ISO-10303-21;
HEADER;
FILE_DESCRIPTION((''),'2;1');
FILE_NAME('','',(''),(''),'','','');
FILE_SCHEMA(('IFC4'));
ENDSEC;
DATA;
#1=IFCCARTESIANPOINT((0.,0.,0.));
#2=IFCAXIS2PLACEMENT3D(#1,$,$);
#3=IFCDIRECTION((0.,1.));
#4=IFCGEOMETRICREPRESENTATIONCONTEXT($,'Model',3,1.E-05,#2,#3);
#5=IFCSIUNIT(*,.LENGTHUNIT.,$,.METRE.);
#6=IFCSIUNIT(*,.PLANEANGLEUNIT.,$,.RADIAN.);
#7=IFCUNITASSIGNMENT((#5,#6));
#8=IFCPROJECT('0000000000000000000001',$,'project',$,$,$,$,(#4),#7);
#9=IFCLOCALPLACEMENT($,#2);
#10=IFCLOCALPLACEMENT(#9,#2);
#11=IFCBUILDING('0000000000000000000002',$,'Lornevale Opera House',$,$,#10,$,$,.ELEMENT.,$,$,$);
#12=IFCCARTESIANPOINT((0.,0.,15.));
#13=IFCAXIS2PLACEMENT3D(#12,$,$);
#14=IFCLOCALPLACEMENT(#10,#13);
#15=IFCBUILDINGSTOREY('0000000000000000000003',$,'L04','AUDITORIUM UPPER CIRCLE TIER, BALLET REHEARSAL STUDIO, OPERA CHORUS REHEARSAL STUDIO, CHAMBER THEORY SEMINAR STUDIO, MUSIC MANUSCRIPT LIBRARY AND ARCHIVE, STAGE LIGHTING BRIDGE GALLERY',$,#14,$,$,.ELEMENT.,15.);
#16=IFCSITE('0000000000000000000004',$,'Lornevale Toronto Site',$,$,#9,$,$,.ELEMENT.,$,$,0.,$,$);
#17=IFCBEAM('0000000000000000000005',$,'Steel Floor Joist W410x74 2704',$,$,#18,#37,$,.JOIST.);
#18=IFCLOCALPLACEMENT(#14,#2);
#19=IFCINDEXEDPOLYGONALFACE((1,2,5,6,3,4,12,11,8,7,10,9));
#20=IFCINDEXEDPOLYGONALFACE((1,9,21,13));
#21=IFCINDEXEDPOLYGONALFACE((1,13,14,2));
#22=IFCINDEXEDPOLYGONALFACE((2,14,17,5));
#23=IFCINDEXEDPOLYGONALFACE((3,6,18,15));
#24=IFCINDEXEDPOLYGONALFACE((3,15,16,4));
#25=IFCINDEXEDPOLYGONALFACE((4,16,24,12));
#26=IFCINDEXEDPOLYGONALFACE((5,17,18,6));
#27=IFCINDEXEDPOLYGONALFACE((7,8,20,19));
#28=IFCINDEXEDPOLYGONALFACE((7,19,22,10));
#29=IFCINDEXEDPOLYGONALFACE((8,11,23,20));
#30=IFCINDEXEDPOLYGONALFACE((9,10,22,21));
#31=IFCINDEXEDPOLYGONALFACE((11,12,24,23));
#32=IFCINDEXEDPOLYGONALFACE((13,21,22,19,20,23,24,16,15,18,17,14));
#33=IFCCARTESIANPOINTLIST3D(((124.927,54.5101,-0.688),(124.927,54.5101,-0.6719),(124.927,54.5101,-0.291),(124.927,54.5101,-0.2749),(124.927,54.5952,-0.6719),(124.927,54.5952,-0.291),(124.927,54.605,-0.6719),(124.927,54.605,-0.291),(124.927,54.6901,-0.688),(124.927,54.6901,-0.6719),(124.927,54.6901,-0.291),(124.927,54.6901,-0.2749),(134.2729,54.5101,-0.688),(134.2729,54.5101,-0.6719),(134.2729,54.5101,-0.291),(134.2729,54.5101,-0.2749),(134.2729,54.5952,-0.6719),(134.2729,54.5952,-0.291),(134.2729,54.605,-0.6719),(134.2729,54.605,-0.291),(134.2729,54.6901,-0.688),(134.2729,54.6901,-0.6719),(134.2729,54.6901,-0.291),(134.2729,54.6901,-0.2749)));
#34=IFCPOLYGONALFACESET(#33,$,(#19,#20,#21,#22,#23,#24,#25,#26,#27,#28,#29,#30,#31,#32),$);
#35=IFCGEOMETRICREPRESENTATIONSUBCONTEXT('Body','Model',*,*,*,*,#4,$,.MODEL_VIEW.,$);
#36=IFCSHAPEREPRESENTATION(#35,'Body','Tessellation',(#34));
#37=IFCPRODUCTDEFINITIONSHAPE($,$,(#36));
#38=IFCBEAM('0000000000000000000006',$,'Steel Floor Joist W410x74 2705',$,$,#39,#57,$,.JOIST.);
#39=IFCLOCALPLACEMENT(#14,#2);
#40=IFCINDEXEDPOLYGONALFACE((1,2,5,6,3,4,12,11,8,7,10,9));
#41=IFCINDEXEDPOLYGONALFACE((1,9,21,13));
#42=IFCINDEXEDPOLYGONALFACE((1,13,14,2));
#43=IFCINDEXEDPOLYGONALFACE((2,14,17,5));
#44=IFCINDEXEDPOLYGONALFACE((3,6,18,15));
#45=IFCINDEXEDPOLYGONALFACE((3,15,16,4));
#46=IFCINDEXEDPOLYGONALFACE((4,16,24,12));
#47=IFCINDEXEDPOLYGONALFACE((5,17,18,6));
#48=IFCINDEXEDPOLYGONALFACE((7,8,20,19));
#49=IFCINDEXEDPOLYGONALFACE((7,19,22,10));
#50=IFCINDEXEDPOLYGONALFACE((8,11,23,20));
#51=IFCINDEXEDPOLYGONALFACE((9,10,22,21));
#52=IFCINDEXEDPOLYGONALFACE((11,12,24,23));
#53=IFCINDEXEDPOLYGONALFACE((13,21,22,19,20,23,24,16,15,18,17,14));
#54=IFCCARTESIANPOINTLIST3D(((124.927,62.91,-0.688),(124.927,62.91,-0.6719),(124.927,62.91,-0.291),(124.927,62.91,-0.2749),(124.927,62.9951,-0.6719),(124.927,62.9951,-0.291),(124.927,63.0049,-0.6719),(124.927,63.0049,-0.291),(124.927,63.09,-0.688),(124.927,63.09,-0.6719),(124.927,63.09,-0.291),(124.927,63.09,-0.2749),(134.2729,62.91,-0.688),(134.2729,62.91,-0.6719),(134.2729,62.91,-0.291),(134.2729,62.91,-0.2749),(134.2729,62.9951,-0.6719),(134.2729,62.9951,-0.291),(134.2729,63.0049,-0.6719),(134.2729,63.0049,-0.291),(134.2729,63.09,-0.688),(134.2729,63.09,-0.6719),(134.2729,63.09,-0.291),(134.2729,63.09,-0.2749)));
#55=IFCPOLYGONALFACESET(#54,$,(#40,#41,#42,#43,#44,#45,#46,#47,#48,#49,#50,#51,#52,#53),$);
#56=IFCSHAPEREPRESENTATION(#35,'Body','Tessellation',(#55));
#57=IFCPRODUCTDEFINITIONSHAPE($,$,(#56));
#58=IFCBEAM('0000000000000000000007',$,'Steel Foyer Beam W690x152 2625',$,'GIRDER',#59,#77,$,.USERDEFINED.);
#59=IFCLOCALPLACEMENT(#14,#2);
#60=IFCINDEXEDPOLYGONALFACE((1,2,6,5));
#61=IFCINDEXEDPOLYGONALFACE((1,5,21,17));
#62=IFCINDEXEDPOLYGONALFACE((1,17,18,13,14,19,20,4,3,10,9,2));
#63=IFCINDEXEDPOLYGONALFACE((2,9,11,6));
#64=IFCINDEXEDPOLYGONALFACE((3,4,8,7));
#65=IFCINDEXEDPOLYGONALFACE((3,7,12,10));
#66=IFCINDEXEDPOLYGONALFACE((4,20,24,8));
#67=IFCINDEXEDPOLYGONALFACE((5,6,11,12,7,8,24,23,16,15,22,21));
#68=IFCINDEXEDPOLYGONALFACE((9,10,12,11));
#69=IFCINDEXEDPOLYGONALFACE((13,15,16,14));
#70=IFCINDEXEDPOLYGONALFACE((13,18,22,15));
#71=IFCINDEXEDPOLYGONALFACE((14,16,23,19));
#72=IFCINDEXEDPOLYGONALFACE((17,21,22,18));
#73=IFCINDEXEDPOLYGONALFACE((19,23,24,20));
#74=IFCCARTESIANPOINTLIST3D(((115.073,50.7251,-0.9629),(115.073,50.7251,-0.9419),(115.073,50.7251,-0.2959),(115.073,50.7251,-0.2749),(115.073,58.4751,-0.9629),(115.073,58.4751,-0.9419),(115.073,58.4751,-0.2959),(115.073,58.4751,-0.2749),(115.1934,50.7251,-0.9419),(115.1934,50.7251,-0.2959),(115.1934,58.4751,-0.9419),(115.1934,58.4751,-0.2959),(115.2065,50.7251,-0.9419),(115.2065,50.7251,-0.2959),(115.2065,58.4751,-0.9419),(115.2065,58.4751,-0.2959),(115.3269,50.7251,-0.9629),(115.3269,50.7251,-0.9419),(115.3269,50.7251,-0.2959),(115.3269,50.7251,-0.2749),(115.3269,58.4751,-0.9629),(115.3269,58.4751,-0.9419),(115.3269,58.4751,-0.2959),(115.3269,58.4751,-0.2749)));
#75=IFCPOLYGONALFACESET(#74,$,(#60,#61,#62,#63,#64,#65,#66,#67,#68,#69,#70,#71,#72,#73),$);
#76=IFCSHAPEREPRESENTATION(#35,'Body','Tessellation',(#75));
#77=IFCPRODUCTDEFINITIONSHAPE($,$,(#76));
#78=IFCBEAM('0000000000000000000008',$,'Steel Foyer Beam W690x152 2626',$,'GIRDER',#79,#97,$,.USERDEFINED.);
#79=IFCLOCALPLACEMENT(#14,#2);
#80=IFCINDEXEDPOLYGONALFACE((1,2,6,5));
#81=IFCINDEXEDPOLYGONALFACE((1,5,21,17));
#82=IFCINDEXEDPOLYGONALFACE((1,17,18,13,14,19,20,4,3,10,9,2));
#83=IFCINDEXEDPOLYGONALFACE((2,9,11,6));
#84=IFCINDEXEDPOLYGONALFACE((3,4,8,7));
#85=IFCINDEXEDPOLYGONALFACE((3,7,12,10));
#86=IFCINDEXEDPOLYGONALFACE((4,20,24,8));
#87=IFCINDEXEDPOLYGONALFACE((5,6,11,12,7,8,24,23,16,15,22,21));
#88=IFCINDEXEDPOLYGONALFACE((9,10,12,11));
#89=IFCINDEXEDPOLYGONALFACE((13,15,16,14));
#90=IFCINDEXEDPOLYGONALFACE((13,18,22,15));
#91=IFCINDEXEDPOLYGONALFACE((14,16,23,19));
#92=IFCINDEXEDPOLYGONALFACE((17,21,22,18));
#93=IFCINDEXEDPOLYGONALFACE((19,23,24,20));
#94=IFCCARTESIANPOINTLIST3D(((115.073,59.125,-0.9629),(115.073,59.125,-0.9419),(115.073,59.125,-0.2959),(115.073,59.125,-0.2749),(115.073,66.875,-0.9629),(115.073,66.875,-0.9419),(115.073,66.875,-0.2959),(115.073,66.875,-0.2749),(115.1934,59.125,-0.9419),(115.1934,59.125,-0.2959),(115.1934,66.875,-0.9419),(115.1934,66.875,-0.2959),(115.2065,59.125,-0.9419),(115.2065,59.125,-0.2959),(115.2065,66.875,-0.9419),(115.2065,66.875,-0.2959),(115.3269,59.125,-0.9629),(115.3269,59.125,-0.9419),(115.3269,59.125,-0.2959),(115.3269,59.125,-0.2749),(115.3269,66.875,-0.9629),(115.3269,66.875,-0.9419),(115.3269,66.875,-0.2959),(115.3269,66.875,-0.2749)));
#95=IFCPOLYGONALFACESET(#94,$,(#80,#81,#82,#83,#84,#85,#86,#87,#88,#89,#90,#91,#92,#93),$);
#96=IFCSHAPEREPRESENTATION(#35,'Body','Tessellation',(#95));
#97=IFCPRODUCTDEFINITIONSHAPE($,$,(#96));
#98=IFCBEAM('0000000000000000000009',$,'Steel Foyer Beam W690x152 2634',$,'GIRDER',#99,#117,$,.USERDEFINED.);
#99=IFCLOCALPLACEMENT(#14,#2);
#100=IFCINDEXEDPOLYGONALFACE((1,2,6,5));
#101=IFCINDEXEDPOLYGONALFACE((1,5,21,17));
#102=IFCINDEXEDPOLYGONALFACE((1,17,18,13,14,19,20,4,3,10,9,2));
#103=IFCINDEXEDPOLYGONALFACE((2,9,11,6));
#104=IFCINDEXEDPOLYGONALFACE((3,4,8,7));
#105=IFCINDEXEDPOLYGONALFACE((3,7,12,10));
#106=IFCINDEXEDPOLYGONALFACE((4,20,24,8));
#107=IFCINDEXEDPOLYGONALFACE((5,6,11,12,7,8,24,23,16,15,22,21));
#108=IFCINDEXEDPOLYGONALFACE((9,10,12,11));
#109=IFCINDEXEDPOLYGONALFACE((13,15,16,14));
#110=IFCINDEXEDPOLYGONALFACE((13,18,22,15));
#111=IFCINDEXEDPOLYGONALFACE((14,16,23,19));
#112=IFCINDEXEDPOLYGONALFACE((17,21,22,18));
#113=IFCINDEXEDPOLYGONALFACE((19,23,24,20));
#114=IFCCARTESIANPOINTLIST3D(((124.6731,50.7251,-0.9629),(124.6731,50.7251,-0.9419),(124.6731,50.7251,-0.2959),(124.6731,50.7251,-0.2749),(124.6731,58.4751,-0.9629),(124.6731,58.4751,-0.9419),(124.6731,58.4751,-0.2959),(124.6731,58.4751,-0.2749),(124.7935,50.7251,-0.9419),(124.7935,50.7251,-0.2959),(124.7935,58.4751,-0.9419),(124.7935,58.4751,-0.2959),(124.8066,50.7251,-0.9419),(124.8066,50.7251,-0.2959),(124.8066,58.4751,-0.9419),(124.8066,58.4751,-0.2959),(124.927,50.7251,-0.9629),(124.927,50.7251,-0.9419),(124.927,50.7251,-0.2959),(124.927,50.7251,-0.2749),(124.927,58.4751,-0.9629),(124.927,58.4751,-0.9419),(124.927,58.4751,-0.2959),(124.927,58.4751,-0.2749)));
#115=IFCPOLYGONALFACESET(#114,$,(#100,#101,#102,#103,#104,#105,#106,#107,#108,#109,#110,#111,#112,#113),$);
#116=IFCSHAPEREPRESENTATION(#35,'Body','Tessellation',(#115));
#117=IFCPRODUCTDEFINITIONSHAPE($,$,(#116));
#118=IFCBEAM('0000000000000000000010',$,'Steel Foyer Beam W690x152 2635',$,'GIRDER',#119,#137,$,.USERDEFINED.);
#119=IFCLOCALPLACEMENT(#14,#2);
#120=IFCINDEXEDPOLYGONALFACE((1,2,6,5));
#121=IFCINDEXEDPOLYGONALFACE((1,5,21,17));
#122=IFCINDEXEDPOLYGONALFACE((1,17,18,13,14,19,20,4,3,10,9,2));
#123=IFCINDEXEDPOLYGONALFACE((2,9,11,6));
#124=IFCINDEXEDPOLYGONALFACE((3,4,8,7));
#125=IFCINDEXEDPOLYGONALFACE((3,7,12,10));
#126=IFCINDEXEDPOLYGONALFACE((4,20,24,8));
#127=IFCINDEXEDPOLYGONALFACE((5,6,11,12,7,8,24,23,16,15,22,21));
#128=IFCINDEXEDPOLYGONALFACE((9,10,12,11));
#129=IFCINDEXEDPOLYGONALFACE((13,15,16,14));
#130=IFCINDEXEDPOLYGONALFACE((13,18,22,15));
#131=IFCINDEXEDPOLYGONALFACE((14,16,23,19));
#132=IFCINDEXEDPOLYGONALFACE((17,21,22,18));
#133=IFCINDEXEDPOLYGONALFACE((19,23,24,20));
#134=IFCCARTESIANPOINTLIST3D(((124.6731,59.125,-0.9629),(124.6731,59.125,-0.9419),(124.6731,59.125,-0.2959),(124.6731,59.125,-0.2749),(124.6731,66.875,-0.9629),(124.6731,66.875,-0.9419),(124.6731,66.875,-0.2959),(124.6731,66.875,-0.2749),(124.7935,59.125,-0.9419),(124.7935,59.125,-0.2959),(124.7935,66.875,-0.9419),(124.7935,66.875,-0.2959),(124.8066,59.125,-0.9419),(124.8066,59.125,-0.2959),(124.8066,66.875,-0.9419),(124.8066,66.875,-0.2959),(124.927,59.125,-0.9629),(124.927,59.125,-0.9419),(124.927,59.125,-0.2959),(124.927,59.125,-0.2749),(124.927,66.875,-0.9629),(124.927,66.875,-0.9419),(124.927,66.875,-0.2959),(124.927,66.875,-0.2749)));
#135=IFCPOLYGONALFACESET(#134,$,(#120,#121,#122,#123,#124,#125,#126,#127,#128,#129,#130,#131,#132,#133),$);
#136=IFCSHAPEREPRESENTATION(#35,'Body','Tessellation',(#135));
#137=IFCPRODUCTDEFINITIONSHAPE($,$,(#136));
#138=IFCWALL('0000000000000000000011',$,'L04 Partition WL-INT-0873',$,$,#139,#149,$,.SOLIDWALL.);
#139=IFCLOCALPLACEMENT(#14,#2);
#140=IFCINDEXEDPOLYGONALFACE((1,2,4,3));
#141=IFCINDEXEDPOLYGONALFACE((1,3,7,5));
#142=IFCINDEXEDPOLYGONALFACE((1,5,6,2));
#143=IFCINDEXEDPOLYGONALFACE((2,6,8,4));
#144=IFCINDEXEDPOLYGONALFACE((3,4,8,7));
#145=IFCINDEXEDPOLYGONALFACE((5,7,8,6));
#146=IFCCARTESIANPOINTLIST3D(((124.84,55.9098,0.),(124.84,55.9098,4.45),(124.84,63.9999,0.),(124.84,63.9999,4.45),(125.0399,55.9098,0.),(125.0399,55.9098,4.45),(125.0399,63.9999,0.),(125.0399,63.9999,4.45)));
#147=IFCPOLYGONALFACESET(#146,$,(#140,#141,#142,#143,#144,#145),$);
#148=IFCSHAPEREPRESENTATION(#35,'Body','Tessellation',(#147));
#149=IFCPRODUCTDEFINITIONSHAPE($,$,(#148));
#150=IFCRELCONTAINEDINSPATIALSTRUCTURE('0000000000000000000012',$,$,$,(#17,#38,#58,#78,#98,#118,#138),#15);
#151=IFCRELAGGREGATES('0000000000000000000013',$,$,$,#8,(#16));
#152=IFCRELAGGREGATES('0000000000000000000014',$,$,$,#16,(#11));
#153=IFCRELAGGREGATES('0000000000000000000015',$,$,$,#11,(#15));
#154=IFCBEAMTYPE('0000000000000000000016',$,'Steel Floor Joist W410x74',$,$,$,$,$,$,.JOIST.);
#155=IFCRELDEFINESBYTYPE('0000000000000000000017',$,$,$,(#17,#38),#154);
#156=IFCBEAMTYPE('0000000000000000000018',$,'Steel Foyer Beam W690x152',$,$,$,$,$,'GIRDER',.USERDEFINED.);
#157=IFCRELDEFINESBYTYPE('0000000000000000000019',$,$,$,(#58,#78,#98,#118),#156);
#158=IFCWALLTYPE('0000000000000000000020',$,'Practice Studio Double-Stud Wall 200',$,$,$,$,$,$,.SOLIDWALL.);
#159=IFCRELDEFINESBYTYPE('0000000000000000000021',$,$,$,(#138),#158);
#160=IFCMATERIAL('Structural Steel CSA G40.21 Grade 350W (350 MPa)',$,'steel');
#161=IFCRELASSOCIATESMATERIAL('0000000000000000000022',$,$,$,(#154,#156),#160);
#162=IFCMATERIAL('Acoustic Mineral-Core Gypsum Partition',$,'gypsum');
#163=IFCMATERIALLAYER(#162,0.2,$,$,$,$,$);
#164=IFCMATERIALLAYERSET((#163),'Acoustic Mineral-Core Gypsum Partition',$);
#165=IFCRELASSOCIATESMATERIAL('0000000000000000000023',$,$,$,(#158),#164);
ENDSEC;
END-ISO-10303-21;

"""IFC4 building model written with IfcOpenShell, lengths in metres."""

from ifc_helpers import new_model, si_unit, direction, frame, frame_2d, origin, origin_2d, place, context, subcontext, project, spatial, rectangle, i_section, extrude, material, layer, layer_set, material_profile, profile_set, type_object, element, save


model = new_model("IFC4")

# Units and contexts
model_context = context("Model", 3, precision=1e-05, world=origin(), true_north=direction((0.0, 1.0)))
body_context = subcontext(model_context, "Body", "Model", "MODEL_VIEW")
ifc_project = project(units=[si_unit("LENGTHUNIT", "METRE"), si_unit("PLANEANGLEUNIT", "RADIAN")], contexts=[model_context])

# Site, building, storey
site_placement = place(None, origin())
site = spatial("IfcSite", under=ifc_project, at=site_placement, Name="Lornevale Toronto Site", CompositionType="ELEMENT", RefElevation=0.0)
building_placement = place(site_placement, origin())
building = spatial("IfcBuilding", under=site, at=building_placement, Name="Lornevale Opera House", CompositionType="ELEMENT")
storey_placement = place(building_placement, frame((0.0, 0.0, 15.0)))
storey = spatial("IfcBuildingStorey", under=building, at=storey_placement, Name="L04", Description="AUDITORIUM UPPER CIRCLE TIER, BALLET REHEARSAL STUDIO, OPERA CHORUS REHEARSAL STUDIO, CHAMBER THEORY SEMINAR STUDIO, MUSIC MANUSCRIPT LIBRARY AND ARCHIVE, STAGE LIGHTING BRIDGE GALLERY", CompositionType="ELEMENT", Elevation=15.0)

# Shared definitions
ifc_material_1 = material(Name="Structural Steel CSA G40.21 Grade 350W (350 MPa)", Category="steel")

# Beams
ifc_material_profile_1 = material_profile(ifc_material_1, i_section(OverallWidth=0.1799, OverallDepth=0.4131, WebThickness=0.0098, FlangeThickness=0.0161, at=origin_2d()), Name="W410x74")
ifc_profile_set_1 = profile_set([ifc_material_profile_1], Name="Structural Steel CSA G40.21 Grade 350W (350 MPa)")
beam_type_1 = type_object("IfcBeamType", Name="Steel Floor Joist W410x74", PredefinedType="JOIST", material=ifc_profile_set_1)
for number, where, z_axis, x_axis, name in (
    (1, (124.927, 54.6001, -0.4814), (1.0, 0.0, 0.0), (0.0, 1.0, 0.0), "Steel Floor Joist W410x74 2704"),
    (2, (124.927, 63.0, -0.4814), (1.0, 0.0, 0.0), (0.0, 1.0, 0.0), "Steel Floor Joist W410x74 2705"),
):
    element("IfcBeam", number, at=place(storey_placement, frame(where, z_axis=z_axis, x_axis=x_axis)), inside=storey, type_object=beam_type_1, Name=name, PredefinedType="JOIST", context=body_context, shape_type="SweptSolid", body=[
        extrude(i_section(OverallWidth=0.1799, OverallDepth=0.4131, WebThickness=0.0098, FlangeThickness=0.0161, at=origin_2d()), origin(), (0.0, 0.0, 1.0), 9.3459),
    ])
ifc_material_profile_2 = material_profile(ifc_material_1, i_section(OverallWidth=0.2539, OverallDepth=0.688, WebThickness=0.0132, FlangeThickness=0.021, at=origin_2d()), Name="W690x152")
ifc_profile_set_2 = profile_set([ifc_material_profile_2], Name="Structural Steel CSA G40.21 Grade 350W (350 MPa)")
beam_type_2 = type_object("IfcBeamType", Name="Steel Foyer Beam W690x152", ElementType="GIRDER", PredefinedType="USERDEFINED", material=ifc_profile_set_2)
for number, where, z_axis, x_axis, name in (
    (3, (115.2, 50.7251, -0.6189), (0.0, 1.0, 0.0), (-1.0, 0.0, 0.0), "Steel Foyer Beam W690x152 2625"),
    (4, (115.2, 59.125, -0.6189), (0.0, 1.0, 0.0), (-1.0, 0.0, 0.0), "Steel Foyer Beam W690x152 2626"),
    (5, (124.8, 50.7251, -0.6189), (0.0, 1.0, 0.0), (-1.0, 0.0, 0.0), "Steel Foyer Beam W690x152 2634"),
    (6, (124.8, 59.125, -0.6189), (0.0, 1.0, 0.0), (-1.0, 0.0, 0.0), "Steel Foyer Beam W690x152 2635"),
):
    element("IfcBeam", number, at=place(storey_placement, frame(where, z_axis=z_axis, x_axis=x_axis)), inside=storey, type_object=beam_type_2, Name=name, ObjectType="GIRDER", PredefinedType="USERDEFINED", context=body_context, shape_type="SweptSolid", body=[
        extrude(i_section(OverallWidth=0.2539, OverallDepth=0.688, WebThickness=0.0132, FlangeThickness=0.021, at=origin_2d()), origin(), (0.0, 0.0, 1.0), 7.75),
    ])

# Wall
ifc_material_2 = material(Name="Acoustic Mineral-Core Gypsum Partition", Category="gypsum")
ifc_layer = layer(ifc_material_2, 0.2)
ifc_layer_set = layer_set([ifc_layer], Name="Acoustic Mineral-Core Gypsum Partition")
wall_type = type_object("IfcWallType", Name="Practice Studio Double-Stud Wall 200", PredefinedType="SOLIDWALL", material=ifc_layer_set)
wall_placement = place(storey_placement, frame((124.9399, 55.9099, 0.0), z_axis=(0.0, 0.0, 1.0), x_axis=(0.0, 1.0, 0.0)))
element("IfcWall", 7, at=wall_placement, inside=storey, type_object=wall_type, Name="L04 Partition WL-INT-0873", PredefinedType="SOLIDWALL", context=body_context, shape_type="SweptSolid", body=[
    extrude(rectangle(XDim=8.0901, YDim=0.2, at=frame_2d((4.0449, 0.0))), origin(), (0.0, 0.0, 1.0), 4.45),
])

save(model, "model.ifc")
